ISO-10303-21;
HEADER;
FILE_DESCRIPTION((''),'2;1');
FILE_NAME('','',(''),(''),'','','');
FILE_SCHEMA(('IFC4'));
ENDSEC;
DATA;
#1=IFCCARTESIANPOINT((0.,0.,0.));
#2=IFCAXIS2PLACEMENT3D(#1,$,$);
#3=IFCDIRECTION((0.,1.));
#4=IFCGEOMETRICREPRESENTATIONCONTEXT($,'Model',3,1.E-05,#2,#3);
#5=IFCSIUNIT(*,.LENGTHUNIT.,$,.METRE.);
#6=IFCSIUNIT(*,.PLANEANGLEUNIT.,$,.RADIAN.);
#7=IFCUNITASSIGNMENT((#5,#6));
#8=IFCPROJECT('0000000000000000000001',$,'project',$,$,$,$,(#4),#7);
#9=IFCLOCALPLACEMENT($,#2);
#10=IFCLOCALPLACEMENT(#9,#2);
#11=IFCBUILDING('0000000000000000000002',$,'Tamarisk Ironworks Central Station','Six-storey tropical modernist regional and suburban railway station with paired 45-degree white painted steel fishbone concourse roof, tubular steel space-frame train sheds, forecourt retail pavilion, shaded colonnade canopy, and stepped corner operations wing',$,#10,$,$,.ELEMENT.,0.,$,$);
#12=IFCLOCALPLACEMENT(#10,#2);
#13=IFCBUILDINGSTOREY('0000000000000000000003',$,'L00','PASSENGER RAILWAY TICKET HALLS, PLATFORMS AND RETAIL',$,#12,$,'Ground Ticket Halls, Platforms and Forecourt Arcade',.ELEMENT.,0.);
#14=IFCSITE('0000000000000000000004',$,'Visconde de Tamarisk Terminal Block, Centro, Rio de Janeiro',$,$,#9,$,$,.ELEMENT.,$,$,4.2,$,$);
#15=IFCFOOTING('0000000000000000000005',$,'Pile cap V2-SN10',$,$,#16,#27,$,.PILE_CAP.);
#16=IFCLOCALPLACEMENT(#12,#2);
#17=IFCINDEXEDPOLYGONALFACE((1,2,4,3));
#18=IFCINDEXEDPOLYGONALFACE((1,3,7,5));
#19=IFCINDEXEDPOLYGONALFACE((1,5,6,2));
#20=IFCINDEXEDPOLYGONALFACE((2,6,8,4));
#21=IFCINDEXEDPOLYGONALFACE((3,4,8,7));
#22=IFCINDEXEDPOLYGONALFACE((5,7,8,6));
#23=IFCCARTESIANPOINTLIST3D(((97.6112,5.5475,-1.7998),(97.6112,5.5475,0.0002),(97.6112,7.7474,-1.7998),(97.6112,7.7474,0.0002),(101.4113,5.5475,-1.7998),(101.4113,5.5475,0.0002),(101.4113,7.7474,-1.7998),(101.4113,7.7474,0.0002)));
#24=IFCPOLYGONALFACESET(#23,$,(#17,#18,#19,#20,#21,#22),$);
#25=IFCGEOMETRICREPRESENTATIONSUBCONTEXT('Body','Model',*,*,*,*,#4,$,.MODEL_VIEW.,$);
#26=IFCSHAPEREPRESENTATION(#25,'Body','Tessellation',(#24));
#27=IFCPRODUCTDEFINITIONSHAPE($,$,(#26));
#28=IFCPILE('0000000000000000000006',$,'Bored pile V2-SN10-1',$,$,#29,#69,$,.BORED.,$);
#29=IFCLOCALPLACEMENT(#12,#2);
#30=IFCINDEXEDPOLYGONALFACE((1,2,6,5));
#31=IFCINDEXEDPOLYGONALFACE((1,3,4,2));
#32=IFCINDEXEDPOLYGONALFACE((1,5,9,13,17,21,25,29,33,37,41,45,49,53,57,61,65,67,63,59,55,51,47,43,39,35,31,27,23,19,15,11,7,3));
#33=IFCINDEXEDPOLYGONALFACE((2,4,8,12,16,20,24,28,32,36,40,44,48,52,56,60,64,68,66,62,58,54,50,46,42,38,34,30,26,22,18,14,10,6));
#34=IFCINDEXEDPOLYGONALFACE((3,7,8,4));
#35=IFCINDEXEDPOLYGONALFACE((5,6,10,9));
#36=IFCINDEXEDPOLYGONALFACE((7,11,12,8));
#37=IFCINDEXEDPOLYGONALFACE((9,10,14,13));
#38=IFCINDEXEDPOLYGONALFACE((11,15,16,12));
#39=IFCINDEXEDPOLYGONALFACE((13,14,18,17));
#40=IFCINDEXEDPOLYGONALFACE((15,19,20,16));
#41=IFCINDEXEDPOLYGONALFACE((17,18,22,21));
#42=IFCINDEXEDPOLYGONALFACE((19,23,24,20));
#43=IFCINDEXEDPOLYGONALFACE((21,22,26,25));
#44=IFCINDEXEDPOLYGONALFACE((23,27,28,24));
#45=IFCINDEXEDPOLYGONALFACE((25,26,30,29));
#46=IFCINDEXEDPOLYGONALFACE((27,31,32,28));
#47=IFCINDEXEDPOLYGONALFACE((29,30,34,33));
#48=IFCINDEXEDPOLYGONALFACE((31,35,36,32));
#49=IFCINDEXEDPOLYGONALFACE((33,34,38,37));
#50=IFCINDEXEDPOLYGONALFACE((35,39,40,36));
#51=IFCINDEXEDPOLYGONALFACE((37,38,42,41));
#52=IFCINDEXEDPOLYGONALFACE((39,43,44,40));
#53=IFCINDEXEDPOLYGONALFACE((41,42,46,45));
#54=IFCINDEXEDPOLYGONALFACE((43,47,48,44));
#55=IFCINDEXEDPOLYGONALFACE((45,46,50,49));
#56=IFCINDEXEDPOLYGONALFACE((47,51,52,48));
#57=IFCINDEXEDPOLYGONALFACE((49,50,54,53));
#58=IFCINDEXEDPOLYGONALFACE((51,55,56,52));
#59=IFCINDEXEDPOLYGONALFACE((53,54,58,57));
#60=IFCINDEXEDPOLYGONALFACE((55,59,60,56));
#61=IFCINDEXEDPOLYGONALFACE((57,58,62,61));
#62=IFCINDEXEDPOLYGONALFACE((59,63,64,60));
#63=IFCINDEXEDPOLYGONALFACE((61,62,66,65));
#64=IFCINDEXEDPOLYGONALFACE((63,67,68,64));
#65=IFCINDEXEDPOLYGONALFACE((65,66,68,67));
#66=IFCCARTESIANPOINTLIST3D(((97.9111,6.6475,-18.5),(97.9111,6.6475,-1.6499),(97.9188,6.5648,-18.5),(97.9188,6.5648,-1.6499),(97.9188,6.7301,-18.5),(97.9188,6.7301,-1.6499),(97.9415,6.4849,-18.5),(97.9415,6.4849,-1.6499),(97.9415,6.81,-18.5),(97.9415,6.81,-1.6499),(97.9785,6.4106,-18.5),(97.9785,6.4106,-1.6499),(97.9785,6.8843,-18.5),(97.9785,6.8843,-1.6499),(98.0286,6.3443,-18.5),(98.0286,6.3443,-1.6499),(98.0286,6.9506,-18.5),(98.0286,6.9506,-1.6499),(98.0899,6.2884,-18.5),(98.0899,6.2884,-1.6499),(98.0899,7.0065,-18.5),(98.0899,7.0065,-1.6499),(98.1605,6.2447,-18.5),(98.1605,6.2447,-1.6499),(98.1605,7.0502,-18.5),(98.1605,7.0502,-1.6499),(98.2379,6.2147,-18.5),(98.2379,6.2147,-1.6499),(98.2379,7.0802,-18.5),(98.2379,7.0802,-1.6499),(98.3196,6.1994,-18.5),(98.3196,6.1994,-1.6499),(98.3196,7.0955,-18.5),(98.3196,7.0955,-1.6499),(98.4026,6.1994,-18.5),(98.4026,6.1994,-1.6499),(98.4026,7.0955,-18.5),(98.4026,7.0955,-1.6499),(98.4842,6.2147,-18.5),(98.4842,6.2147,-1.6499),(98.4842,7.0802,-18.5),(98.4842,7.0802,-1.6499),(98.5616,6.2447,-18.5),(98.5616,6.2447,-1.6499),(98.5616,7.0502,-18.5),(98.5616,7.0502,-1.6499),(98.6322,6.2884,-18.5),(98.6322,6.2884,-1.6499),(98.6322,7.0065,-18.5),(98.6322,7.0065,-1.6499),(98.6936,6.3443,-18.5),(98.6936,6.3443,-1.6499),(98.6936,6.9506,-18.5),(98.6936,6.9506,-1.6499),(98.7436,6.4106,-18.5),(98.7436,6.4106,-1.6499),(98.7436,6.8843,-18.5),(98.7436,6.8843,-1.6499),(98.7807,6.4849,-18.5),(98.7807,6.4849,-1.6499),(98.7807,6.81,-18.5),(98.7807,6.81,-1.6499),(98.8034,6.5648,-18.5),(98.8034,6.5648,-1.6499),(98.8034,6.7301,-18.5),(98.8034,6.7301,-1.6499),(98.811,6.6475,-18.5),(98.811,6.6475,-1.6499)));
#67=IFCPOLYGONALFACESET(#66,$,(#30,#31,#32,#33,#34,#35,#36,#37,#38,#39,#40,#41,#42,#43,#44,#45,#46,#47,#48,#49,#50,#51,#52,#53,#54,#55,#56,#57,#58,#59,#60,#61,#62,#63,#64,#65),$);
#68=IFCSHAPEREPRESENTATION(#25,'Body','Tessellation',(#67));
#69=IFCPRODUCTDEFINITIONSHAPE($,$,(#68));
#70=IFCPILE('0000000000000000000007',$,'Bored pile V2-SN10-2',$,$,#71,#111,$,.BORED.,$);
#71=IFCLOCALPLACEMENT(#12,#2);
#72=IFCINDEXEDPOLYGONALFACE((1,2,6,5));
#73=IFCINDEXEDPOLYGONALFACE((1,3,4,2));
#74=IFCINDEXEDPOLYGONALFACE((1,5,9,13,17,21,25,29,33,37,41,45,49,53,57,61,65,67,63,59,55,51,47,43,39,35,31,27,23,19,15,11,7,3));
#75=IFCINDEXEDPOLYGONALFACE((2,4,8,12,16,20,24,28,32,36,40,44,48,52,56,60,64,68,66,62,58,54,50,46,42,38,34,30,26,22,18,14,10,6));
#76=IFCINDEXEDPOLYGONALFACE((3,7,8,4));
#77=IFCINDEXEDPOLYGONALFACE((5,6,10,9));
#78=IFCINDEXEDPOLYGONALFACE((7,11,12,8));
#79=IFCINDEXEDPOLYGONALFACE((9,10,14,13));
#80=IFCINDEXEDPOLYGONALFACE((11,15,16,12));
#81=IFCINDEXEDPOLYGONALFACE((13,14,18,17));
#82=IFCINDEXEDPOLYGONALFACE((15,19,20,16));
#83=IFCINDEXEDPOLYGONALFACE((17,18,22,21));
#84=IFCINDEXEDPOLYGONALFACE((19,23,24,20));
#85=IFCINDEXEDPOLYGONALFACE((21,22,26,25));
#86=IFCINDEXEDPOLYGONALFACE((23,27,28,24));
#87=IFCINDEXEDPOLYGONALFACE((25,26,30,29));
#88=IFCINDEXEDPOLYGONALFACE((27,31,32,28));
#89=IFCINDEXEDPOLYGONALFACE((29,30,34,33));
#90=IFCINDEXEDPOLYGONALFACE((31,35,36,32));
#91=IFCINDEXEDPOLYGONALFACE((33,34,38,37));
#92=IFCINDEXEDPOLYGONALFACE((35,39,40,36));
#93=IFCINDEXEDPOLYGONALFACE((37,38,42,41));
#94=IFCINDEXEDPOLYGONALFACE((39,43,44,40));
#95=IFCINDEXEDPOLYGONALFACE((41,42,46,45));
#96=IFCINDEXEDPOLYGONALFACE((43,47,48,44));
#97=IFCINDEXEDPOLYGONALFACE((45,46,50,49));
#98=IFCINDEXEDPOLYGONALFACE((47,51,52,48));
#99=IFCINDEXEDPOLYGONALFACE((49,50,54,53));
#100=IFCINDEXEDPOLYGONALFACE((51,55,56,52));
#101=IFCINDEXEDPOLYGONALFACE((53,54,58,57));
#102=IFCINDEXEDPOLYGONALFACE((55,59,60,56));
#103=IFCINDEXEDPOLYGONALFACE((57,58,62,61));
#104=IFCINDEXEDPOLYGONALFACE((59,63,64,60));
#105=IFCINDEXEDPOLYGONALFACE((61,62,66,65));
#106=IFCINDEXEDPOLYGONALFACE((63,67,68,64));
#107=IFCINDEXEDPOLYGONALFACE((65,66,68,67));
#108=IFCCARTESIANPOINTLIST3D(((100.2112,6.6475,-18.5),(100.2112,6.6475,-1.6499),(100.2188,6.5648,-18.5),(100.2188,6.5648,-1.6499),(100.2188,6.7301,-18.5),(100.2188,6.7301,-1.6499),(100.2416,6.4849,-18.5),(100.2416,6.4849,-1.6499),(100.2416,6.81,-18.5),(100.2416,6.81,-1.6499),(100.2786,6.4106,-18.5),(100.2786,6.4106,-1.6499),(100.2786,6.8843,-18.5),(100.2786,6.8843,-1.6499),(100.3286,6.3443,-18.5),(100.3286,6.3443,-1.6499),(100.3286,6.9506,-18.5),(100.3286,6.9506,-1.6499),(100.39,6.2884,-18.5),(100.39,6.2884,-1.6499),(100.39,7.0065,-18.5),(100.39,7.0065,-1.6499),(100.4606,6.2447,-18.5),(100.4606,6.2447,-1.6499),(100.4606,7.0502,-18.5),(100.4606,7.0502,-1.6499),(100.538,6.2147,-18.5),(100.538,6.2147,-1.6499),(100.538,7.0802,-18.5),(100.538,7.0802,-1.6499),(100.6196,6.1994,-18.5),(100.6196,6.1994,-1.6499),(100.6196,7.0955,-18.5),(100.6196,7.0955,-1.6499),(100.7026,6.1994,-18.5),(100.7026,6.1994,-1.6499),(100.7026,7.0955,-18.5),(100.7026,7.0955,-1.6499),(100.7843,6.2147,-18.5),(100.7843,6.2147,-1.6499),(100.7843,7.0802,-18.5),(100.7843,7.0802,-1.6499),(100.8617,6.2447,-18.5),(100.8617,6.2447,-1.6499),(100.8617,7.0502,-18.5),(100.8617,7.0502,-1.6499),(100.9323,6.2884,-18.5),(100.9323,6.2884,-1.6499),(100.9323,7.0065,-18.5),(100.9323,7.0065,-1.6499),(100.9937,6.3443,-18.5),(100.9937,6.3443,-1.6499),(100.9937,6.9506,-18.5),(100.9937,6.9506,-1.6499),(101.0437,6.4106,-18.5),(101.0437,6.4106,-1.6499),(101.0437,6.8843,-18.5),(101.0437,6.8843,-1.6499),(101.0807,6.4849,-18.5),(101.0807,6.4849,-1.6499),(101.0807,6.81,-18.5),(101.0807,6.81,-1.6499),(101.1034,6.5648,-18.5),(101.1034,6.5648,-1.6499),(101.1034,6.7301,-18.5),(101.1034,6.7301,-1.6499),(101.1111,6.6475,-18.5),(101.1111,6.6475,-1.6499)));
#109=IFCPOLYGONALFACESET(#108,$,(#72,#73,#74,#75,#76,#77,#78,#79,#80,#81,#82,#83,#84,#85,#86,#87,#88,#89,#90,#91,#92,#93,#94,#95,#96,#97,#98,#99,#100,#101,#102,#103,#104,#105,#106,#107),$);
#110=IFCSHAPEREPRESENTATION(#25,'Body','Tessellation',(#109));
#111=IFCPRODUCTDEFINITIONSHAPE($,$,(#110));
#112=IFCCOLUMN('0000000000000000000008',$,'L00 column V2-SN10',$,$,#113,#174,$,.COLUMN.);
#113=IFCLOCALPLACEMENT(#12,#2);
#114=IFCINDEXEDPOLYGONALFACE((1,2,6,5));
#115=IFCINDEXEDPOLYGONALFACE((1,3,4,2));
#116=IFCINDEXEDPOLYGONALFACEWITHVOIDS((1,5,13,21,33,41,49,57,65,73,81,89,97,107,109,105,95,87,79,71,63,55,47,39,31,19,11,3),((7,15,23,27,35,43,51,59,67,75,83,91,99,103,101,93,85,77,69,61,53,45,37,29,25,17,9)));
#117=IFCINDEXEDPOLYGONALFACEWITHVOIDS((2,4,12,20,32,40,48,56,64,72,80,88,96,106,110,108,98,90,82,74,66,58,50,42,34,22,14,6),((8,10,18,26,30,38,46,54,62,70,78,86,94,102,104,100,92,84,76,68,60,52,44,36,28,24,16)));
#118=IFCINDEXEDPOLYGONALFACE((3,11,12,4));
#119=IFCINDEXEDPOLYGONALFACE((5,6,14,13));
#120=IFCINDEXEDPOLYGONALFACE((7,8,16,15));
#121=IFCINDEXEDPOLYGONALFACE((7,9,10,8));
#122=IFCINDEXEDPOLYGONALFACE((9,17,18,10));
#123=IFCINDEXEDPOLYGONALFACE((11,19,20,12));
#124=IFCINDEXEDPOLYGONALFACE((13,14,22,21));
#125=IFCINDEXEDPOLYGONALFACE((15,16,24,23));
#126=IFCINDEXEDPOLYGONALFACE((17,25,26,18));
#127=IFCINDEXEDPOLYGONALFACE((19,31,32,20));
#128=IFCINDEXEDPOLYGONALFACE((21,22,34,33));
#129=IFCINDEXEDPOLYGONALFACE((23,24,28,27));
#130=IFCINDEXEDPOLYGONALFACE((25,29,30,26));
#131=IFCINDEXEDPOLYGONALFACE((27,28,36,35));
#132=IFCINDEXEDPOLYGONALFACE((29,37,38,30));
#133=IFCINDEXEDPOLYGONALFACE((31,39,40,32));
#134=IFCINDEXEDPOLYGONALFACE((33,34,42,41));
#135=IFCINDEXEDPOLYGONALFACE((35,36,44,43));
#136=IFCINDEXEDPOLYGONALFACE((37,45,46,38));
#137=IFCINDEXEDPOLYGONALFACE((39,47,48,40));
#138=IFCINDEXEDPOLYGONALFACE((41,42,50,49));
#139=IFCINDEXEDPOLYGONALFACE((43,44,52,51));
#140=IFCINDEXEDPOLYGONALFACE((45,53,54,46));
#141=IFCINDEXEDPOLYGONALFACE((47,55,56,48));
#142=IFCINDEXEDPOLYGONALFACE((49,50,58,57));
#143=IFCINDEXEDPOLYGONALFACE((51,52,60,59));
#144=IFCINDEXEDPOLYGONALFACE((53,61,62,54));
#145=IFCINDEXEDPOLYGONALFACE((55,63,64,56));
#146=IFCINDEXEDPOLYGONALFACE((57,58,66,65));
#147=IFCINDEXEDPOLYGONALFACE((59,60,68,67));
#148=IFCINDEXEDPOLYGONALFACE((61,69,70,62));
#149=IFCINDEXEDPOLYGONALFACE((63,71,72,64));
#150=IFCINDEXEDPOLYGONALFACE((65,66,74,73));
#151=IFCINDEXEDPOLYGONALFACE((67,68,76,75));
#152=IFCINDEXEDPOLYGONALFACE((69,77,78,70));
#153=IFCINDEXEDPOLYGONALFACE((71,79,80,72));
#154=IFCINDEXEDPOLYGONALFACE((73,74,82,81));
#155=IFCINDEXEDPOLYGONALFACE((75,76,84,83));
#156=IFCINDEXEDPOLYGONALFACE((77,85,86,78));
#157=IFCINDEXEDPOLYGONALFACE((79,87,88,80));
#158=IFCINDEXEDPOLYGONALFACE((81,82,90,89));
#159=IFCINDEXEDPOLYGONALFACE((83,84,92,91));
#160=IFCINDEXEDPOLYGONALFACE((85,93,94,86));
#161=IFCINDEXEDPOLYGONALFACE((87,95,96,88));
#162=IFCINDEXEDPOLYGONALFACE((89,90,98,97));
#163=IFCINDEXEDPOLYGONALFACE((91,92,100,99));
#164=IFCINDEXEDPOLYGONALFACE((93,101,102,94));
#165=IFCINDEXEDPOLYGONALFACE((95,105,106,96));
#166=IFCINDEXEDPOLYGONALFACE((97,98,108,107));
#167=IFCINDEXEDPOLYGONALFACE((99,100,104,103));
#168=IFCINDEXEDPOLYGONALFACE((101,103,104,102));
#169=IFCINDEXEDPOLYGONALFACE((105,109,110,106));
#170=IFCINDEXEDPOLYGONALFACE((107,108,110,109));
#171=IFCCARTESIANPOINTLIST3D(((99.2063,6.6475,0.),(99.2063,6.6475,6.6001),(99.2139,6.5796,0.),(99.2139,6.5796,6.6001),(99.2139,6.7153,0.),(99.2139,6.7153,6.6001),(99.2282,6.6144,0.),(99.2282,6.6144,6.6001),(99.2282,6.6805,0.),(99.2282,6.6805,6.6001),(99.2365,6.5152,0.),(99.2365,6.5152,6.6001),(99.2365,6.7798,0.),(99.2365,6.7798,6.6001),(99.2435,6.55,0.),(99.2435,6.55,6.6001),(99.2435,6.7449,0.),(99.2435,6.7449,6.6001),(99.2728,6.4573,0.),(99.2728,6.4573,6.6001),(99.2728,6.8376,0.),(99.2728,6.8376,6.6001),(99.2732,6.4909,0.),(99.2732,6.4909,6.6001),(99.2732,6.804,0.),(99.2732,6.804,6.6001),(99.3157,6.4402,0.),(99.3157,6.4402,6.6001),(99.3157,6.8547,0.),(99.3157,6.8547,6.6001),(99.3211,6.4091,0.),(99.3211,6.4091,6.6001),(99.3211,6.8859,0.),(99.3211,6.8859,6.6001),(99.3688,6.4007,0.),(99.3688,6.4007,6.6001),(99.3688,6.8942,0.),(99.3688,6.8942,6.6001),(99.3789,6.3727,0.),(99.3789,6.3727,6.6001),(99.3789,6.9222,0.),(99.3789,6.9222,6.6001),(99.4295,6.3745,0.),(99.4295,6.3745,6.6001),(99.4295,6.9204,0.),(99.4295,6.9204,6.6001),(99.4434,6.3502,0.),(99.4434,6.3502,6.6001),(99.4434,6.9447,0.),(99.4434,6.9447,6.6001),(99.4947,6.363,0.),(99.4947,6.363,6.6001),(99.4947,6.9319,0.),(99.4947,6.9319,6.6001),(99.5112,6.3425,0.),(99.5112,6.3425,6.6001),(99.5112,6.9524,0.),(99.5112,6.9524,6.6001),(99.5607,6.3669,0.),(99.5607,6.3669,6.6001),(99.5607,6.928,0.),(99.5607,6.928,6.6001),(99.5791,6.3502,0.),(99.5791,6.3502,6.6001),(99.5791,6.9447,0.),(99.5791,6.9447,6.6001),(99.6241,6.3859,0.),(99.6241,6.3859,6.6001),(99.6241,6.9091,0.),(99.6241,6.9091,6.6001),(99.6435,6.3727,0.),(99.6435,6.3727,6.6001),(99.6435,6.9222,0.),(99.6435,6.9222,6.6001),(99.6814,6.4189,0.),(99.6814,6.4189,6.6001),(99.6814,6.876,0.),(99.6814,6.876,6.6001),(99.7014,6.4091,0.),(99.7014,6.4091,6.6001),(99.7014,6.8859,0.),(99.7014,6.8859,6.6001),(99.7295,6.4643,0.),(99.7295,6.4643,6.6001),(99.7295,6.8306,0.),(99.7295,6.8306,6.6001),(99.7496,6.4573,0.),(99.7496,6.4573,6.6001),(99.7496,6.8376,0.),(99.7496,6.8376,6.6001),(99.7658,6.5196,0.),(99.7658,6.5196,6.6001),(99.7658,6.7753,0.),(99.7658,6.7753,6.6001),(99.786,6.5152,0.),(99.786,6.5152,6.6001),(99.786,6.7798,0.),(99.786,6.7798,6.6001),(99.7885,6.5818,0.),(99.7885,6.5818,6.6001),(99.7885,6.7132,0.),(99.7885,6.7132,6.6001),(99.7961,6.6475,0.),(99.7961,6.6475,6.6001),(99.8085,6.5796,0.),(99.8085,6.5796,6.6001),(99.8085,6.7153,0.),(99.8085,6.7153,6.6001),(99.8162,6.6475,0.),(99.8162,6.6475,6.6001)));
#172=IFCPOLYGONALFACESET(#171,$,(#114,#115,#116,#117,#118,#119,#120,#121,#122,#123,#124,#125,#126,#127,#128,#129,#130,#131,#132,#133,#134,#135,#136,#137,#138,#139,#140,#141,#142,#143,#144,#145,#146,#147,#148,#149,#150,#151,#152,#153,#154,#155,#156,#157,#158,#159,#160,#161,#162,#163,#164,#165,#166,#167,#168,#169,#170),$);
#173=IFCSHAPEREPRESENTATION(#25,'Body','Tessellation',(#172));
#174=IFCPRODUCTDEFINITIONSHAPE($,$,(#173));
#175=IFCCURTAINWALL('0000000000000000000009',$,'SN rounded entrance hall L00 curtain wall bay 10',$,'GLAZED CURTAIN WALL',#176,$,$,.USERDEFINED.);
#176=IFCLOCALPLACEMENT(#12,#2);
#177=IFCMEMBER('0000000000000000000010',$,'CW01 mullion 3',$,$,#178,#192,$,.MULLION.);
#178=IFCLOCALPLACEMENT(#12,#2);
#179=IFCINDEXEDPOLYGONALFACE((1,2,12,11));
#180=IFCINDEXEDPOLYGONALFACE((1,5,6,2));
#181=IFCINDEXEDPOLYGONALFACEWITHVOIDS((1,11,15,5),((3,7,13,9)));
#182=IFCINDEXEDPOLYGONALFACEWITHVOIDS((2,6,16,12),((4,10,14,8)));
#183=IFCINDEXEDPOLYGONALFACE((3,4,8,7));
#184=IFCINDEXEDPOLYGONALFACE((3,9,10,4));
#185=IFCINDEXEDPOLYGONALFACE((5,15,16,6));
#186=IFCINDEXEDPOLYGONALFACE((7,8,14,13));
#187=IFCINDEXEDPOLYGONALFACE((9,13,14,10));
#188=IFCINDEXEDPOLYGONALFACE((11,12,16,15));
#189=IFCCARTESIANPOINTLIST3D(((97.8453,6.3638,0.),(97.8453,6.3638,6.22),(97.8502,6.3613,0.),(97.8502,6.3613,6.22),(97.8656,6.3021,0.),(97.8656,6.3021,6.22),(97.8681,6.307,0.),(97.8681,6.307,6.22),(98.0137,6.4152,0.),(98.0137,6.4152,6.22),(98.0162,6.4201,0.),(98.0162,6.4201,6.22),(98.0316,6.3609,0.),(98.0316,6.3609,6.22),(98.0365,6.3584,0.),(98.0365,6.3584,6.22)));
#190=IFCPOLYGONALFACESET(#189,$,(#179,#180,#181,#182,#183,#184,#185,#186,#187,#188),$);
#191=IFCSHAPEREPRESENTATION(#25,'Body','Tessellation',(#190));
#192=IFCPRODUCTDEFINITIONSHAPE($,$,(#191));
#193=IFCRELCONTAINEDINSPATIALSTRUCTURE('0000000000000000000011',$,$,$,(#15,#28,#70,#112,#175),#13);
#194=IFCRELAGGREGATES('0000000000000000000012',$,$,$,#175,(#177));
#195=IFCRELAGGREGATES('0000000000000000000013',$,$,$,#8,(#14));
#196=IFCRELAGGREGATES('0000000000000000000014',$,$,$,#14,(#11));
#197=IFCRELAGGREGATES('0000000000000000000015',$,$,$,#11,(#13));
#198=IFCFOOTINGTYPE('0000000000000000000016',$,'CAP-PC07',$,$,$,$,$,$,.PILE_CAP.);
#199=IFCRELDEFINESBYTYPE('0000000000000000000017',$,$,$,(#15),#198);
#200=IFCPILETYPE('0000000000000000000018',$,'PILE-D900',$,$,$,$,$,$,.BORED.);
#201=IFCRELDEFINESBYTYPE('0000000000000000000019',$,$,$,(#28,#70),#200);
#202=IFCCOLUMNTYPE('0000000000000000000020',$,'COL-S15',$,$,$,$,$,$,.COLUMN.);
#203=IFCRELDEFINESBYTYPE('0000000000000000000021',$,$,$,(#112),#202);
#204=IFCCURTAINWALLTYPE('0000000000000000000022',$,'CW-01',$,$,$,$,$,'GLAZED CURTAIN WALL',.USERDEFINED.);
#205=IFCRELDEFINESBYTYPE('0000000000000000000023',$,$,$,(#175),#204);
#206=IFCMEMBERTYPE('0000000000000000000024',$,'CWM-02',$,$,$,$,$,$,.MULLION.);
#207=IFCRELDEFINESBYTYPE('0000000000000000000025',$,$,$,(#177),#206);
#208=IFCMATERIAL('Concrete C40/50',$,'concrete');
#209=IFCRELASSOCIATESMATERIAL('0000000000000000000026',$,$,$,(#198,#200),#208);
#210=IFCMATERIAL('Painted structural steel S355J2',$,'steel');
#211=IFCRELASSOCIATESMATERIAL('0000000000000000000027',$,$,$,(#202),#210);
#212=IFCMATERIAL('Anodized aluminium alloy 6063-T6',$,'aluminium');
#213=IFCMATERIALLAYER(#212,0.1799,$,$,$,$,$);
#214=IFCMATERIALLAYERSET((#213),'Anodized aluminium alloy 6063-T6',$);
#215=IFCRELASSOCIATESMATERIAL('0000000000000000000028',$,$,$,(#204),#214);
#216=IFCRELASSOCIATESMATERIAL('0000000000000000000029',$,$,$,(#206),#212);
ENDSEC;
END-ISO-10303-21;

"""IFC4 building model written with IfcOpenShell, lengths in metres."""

from ifc_helpers import new_model, si_unit, direction, frame, origin, origin_2d, place, context, subcontext, project, spatial, rectangle, hollow_rectangle, circle, hollow_circle, extrude, material, layer, layer_set, material_profile, profile_set, type_object, element, aggregate, save


model = new_model("IFC4")

# Units and contexts
model_context = context("Model", 3, precision=1e-05, world=origin(), true_north=direction((0.0, 1.0)))
body_context = subcontext(model_context, "Body", "Model", "MODEL_VIEW")
ifc_project = project(units=[si_unit("LENGTHUNIT", "METRE"), si_unit("PLANEANGLEUNIT", "RADIAN")], contexts=[model_context])

# Site, building, storey
site_placement = place(None, origin())
site = spatial("IfcSite", under=ifc_project, at=site_placement, Name="Visconde de Tamarisk Terminal Block, Centro, Rio de Janeiro", CompositionType="ELEMENT", RefElevation=4.2)
building_placement = place(site_placement, origin())
building = spatial("IfcBuilding", under=site, at=building_placement, Name="Tamarisk Ironworks Central Station", Description="Six-storey tropical modernist regional and suburban railway station with paired 45-degree white painted steel fishbone concourse roof, tubular steel space-frame train sheds, forecourt retail pavilion, shaded colonnade canopy, and stepped corner operations wing", CompositionType="ELEMENT", ElevationOfRefHeight=0.0)
storey_placement = place(building_placement, origin())
storey = spatial("IfcBuildingStorey", under=building, at=storey_placement, Name="L00", Description="PASSENGER RAILWAY TICKET HALLS, PLATFORMS AND RETAIL", LongName="Ground Ticket Halls, Platforms and Forecourt Arcade", CompositionType="ELEMENT", Elevation=0.0)

# Footing
ifc_material_1 = material(Name="Concrete C40/50", Category="concrete")
footing_type = type_object("IfcFootingType", Name="CAP-PC07", PredefinedType="PILE_CAP", material=ifc_material_1)
footing_placement = place(storey_placement, frame((99.5112, 6.6475, -1.7998), z_axis=(0.0, 0.0, 1.0), x_axis=(1.0, 0.0, 0.0)))
element("IfcFooting", 1, at=footing_placement, inside=storey, type_object=footing_type, Name="Pile cap V2-SN10", PredefinedType="PILE_CAP", context=body_context, shape_type="SweptSolid", body=[
    extrude(rectangle(XDim=3.8, YDim=2.2, at=origin_2d()), origin(), (0.0, 0.0, 1.0), 1.8),
])

# Piles
ifc_material_profile_1 = material_profile(ifc_material_1, circle(Radius=0.45, at=origin_2d()), Name="BORED PILE D900")
ifc_profile_set_1 = profile_set([ifc_material_profile_1], Name="Concrete C40/50")
pile_type = type_object("IfcPileType", Name="PILE-D900", PredefinedType="BORED", material=ifc_profile_set_1)
for number, where, z_axis, x_axis, name in (
    (2, (98.3611, 6.6475, -1.6499), (0.0, 0.0, -1.0), (1.0, 0.0, 0.0), "Bored pile V2-SN10-1"),
    (3, (100.6611, 6.6475, -1.6499), (0.0, 0.0, -1.0), (1.0, 0.0, 0.0), "Bored pile V2-SN10-2"),
):
    element("IfcPile", number, at=place(storey_placement, frame(where, z_axis=z_axis, x_axis=x_axis)), inside=storey, type_object=pile_type, Name=name, PredefinedType="BORED", context=body_context, shape_type="SweptSolid", body=[
        extrude(circle(Radius=0.45, at=origin_2d()), origin(), (0.0, 0.0, 1.0), 16.8501),
    ])

# Column
ifc_material_2 = material(Name="Painted structural steel S355J2", Category="steel")
ifc_material_profile_2 = material_profile(ifc_material_2, hollow_circle(Radius=0.3049, WallThickness=0.02, at=origin_2d()), Name="CHS 610x20")
ifc_profile_set_2 = profile_set([ifc_material_profile_2], Name="Painted structural steel S355J2")
column_type = type_object("IfcColumnType", Name="COL-S15", PredefinedType="COLUMN", material=ifc_profile_set_2)
column_placement = place(storey_placement, frame((99.5112, 6.6475, 0.0), z_axis=(0.0, 0.0, 1.0), x_axis=(1.0, 0.0, 0.0)))
element("IfcColumn", 4, at=column_placement, inside=storey, type_object=column_type, Name="L00 column V2-SN10", PredefinedType="COLUMN", context=body_context, shape_type="SweptSolid", body=[
    extrude(hollow_circle(Radius=0.3049, WallThickness=0.02, at=origin_2d()), origin(), (0.0, 0.0, 1.0), 6.6001),
])

# Curtain wall, member
ifc_material_3 = material(Name="Anodized aluminium alloy 6063-T6", Category="aluminium")
ifc_layer_1 = layer(ifc_material_3, 0.1799)
ifc_layer_set_1 = layer_set([ifc_layer_1], Name="Anodized aluminium alloy 6063-T6")
curtain_wall_type = type_object("IfcCurtainWallType", Name="CW-01", ElementType="GLAZED CURTAIN WALL", PredefinedType="USERDEFINED", material=ifc_layer_set_1)
curtain_wall_1_placement = place(storey_placement, origin())
curtain_wall_1 = element("IfcCurtainWall", 5, at=curtain_wall_1_placement, inside=storey, type_object=curtain_wall_type, Name="SN rounded entrance hall L00 curtain wall bay 10", ObjectType="GLAZED CURTAIN WALL", PredefinedType="USERDEFINED")
ifc_material_profile_3 = material_profile(ifc_material_3, hollow_rectangle(XDim=0.0649, YDim=0.1799, WallThickness=0.0039, at=origin_2d()), Name="ALUM 180x65")
ifc_profile_set_3 = profile_set([ifc_material_profile_3], Name="Anodized aluminium alloy 6063-T6")
member_type_1 = type_object("IfcMemberType", Name="CWM-02", PredefinedType="MULLION", material=ifc_profile_set_3)
member_1_placement = place(storey_placement, frame((97.9409, 6.3611, 0.0), z_axis=(0.0, 0.0, 1.0), x_axis=(-0.313098, 0.949721, 0.0)))
member_1 = element("IfcMember", 6, at=member_1_placement, type_object=member_type_1, Name="CW01 mullion 3", PredefinedType="MULLION", context=body_context, shape_type="SweptSolid", body=[
    extrude(hollow_rectangle(XDim=0.0649, YDim=0.1799, WallThickness=0.0039, at=origin_2d()), origin(), (0.0, 0.0, 1.0), 6.22),
])

aggregate(curtain_wall_1, [member_1])

save(model, "model.ifc")
